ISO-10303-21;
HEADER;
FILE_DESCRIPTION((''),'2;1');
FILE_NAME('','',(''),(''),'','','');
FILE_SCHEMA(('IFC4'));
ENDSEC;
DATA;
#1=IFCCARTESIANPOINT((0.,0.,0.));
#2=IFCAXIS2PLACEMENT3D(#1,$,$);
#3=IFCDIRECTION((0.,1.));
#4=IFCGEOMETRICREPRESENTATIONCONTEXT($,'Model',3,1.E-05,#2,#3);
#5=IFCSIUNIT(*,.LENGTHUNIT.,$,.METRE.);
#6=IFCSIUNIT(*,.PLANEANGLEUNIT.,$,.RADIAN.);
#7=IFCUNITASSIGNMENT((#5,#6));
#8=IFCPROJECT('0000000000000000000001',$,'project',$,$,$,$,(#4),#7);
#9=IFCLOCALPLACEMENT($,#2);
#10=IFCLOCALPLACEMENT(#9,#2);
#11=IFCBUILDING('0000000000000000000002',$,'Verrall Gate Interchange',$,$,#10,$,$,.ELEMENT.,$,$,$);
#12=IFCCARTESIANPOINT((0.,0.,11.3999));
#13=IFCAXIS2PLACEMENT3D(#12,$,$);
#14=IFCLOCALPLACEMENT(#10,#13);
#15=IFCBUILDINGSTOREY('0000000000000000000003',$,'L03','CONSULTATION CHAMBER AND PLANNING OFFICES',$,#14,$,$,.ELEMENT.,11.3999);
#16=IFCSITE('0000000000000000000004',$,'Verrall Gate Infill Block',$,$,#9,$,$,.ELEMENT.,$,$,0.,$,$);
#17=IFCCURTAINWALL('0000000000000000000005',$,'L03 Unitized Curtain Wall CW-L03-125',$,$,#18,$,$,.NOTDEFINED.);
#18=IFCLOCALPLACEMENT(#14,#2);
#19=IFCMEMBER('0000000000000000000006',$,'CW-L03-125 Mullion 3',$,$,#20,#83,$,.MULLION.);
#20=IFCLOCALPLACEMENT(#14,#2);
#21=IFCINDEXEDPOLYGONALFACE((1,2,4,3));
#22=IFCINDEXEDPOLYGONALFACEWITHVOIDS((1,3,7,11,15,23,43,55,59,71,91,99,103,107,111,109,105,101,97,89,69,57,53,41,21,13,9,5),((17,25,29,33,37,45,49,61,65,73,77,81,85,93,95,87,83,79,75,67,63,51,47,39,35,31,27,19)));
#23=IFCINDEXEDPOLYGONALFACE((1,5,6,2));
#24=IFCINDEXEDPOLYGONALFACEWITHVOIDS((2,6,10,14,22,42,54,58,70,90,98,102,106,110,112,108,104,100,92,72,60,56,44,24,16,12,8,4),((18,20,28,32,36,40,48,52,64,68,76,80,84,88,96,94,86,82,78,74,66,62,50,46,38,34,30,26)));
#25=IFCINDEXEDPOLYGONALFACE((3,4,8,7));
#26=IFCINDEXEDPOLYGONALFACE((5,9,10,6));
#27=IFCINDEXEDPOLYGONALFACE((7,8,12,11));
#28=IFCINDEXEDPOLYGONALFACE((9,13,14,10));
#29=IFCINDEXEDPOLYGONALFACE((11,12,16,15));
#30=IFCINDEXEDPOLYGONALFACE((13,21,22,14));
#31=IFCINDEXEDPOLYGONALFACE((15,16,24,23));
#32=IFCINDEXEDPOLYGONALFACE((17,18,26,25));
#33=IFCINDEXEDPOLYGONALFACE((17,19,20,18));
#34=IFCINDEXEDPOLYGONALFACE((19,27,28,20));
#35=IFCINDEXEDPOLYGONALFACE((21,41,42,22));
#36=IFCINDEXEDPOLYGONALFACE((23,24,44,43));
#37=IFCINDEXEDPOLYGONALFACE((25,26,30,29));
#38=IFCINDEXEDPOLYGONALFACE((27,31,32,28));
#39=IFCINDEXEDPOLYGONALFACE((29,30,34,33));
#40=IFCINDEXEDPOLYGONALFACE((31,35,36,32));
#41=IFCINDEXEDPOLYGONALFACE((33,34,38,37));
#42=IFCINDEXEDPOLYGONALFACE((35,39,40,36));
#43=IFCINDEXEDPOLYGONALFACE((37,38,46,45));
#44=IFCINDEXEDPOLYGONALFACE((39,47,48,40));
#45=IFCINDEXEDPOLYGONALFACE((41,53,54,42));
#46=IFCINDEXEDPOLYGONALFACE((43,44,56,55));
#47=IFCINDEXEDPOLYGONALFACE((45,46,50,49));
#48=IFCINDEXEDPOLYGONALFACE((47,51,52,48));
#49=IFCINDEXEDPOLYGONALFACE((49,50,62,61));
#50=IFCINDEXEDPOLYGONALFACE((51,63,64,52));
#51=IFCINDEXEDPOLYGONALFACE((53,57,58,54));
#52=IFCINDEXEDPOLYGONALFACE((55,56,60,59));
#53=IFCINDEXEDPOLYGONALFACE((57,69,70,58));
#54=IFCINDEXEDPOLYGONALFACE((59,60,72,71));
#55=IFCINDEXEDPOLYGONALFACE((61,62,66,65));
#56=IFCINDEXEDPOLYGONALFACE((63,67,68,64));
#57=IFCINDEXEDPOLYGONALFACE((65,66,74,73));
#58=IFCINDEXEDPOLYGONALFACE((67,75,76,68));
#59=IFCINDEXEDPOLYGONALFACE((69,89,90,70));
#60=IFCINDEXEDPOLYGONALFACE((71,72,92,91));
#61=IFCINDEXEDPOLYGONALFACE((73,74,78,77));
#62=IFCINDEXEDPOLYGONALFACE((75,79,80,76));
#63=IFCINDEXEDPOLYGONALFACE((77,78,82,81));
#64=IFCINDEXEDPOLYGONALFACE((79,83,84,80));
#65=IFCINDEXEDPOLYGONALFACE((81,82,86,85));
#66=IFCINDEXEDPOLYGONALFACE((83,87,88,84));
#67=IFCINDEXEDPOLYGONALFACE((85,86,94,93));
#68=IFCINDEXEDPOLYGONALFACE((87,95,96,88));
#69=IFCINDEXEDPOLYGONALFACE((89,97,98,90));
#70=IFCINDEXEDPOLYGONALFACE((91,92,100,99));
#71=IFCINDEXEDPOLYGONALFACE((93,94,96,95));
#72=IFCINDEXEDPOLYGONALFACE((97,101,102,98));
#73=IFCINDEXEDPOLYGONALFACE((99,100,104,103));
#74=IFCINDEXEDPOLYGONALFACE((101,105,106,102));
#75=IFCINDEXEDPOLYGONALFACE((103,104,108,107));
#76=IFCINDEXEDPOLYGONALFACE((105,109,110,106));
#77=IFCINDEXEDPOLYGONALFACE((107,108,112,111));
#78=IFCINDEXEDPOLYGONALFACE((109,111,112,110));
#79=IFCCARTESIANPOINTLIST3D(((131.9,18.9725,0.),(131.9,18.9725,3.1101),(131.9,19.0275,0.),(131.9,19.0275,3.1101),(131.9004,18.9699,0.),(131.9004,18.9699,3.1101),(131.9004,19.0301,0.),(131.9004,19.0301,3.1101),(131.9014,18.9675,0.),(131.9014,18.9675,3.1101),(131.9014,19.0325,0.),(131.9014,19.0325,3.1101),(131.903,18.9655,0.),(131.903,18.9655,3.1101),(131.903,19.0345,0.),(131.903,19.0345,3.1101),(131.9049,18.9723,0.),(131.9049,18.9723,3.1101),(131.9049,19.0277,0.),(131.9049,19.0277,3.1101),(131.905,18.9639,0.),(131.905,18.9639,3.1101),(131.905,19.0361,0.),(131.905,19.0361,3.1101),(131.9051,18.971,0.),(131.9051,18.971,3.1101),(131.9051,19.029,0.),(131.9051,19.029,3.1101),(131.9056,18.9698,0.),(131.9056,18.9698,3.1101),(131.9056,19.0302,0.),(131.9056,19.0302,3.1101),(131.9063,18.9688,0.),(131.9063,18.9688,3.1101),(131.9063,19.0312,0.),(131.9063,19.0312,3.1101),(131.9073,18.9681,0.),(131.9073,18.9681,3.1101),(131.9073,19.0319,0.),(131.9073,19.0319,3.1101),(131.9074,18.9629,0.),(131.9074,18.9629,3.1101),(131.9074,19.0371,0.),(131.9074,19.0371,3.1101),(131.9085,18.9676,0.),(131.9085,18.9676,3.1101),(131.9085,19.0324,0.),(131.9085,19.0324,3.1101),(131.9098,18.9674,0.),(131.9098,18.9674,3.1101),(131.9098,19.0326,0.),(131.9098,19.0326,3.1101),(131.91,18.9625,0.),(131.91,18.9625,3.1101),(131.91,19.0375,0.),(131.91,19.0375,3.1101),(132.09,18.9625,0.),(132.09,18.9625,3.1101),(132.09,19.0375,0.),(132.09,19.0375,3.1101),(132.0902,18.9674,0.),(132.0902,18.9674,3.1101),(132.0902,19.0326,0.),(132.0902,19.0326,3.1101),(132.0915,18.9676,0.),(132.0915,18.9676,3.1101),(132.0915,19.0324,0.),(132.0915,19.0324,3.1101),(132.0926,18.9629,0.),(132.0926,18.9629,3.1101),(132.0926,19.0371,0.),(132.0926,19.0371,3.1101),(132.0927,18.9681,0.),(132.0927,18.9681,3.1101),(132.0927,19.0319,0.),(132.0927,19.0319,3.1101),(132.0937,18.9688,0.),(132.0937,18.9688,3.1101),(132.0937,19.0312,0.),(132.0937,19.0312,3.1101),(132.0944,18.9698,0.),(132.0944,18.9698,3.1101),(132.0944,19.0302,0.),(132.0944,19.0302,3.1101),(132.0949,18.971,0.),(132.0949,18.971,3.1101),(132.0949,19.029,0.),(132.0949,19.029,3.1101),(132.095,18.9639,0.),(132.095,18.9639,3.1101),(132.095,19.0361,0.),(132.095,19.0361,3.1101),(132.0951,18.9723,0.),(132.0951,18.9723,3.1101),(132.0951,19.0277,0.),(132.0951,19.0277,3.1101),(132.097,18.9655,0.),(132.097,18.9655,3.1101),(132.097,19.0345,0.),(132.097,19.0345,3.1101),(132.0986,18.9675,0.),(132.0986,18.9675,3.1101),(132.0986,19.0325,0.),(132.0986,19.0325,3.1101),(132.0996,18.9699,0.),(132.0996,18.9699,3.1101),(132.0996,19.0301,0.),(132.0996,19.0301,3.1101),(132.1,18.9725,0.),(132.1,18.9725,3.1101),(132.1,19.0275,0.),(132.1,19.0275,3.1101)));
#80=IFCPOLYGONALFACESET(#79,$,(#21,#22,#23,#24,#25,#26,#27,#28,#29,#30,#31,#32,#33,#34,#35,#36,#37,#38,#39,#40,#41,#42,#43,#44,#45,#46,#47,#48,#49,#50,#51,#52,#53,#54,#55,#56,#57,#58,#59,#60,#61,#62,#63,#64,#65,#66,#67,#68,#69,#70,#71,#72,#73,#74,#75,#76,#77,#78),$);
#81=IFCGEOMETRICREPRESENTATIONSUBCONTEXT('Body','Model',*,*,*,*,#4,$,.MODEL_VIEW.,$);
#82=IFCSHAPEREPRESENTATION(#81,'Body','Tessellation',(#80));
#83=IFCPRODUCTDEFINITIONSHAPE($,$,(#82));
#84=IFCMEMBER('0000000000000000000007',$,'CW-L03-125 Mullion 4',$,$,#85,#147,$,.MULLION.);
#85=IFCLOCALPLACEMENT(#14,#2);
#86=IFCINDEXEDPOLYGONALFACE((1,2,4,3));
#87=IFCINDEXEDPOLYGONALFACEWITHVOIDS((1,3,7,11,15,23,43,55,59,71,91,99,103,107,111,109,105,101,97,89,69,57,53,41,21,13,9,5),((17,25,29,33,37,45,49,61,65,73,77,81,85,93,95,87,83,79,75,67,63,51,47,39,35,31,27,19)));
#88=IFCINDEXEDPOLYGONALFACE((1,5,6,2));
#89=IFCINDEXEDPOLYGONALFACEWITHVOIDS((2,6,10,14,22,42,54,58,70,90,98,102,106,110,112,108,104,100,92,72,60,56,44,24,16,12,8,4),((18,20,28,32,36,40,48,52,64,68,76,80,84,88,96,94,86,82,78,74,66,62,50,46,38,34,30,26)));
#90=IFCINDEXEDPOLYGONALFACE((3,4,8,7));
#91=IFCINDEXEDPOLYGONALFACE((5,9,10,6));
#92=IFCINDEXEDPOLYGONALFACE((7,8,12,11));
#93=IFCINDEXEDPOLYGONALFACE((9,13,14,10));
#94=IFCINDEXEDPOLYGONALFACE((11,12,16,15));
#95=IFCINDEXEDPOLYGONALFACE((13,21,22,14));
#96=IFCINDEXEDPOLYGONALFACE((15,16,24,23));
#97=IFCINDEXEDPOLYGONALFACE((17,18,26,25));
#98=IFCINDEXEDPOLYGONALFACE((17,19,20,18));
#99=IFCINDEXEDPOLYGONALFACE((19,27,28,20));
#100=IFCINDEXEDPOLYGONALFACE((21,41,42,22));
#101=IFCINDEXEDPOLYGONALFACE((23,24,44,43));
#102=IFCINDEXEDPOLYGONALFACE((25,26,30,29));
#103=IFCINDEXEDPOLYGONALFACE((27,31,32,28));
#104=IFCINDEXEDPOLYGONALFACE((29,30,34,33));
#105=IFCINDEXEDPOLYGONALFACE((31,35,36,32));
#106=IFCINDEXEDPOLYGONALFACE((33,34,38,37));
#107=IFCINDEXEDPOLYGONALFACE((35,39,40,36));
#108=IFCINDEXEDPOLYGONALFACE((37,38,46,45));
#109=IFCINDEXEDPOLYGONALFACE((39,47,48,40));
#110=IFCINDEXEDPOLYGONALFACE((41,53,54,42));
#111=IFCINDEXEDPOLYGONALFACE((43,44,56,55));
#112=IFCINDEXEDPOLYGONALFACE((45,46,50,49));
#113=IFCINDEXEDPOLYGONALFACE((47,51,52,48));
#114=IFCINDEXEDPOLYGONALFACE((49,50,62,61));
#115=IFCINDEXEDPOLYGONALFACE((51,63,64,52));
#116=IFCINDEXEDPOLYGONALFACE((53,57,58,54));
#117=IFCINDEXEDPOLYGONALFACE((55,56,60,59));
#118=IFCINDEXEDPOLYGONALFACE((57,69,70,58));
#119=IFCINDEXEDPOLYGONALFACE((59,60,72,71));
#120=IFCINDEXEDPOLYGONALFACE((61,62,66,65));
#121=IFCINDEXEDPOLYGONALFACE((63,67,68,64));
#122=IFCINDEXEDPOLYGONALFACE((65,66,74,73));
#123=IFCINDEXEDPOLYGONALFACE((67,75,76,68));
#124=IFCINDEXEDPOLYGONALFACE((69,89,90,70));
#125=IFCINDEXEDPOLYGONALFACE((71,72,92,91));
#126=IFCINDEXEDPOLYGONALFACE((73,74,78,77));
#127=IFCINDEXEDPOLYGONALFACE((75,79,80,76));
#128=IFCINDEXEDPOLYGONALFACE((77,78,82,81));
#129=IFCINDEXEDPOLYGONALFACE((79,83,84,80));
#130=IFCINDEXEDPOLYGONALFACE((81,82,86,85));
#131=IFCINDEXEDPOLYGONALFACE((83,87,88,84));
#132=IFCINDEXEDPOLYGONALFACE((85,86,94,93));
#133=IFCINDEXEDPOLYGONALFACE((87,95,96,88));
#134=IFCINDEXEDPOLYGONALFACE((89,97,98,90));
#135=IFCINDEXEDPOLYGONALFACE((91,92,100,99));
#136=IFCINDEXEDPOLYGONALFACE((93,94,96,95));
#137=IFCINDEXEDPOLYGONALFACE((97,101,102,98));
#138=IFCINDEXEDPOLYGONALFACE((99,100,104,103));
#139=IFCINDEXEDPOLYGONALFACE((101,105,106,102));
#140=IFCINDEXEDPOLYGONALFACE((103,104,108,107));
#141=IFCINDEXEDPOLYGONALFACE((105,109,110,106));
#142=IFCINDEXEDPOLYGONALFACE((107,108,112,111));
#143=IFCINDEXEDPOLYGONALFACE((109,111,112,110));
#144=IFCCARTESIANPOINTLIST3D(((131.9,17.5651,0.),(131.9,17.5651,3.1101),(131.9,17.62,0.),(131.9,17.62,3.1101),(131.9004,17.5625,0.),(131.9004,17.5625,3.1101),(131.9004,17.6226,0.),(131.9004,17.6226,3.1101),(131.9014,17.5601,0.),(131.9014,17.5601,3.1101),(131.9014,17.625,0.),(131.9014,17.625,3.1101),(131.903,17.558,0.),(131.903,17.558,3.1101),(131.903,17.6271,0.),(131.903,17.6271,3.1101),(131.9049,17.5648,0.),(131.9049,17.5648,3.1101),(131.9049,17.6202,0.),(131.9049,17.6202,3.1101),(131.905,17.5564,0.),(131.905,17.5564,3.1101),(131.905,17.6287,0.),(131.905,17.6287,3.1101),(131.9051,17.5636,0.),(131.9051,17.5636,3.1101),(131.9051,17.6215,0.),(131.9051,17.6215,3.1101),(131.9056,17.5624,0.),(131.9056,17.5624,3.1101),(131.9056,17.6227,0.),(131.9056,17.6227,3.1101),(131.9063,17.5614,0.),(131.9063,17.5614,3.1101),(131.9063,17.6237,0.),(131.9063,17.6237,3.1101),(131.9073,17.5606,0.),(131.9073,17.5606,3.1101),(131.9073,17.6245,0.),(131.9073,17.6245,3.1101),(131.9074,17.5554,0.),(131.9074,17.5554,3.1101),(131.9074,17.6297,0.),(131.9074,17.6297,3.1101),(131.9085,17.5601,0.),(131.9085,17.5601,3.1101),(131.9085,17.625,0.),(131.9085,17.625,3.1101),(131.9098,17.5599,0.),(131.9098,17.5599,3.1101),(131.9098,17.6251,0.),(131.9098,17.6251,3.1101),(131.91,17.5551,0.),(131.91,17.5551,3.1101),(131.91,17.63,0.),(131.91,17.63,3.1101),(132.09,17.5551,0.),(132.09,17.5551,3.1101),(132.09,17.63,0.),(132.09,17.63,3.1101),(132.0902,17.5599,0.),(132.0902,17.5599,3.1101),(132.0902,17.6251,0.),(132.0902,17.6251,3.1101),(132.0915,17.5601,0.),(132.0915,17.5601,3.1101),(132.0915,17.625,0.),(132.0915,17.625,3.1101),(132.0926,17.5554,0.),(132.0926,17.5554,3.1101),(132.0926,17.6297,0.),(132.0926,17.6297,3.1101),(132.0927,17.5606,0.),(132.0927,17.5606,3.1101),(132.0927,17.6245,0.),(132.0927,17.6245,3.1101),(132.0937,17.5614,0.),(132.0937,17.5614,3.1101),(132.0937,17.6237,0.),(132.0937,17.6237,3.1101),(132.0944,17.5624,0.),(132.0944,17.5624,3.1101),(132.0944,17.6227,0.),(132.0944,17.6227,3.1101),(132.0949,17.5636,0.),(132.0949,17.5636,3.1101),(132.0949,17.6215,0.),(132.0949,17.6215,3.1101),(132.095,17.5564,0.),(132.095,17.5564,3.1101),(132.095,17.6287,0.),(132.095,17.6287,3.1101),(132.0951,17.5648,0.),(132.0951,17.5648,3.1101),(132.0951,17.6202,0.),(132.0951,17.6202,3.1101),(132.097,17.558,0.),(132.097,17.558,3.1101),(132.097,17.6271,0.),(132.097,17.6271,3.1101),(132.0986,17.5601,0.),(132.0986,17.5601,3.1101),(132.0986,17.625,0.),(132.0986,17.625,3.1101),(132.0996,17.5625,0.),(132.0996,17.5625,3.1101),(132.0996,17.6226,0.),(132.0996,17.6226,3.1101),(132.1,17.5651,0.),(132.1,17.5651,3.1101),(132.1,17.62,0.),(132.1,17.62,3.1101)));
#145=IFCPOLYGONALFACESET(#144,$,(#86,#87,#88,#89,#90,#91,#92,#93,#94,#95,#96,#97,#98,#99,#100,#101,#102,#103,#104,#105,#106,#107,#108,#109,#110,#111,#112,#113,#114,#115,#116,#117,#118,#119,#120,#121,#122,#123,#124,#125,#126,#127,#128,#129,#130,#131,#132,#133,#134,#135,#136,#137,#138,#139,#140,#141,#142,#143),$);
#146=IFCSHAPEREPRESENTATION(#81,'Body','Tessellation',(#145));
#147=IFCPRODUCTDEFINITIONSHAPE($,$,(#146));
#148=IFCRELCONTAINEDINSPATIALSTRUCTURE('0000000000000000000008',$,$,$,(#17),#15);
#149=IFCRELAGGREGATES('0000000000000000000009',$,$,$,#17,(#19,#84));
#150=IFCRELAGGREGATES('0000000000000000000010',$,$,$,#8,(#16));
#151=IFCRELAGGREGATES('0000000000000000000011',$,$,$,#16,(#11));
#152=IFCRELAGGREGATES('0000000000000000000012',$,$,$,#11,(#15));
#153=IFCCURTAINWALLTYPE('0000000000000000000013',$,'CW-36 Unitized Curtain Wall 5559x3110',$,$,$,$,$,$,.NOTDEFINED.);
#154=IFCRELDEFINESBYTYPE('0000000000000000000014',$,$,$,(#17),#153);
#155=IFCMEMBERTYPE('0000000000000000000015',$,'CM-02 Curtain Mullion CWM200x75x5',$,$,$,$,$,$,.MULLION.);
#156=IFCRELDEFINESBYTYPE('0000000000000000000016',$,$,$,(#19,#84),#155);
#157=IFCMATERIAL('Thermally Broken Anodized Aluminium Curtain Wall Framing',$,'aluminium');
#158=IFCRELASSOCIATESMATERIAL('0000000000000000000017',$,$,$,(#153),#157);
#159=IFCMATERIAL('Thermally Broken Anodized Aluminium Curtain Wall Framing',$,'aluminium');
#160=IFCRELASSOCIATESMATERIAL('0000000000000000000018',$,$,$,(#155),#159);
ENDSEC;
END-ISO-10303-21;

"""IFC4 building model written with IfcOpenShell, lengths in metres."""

from ifc_helpers import new_model, si_unit, direction, frame, origin, origin_2d, place, context, subcontext, project, spatial, hollow_rectangle, extrude, material, material_profile, profile_set, type_object, element, aggregate, save


model = new_model("IFC4")

# Units and contexts
model_context = context("Model", 3, precision=1e-05, world=origin(), true_north=direction((0.0, 1.0)))
body_context = subcontext(model_context, "Body", "Model", "MODEL_VIEW")
ifc_project = project(units=[si_unit("LENGTHUNIT", "METRE"), si_unit("PLANEANGLEUNIT", "RADIAN")], contexts=[model_context])

# Site, building, storey
site_placement = place(None, origin())
site = spatial("IfcSite", under=ifc_project, at=site_placement, Name="Verrall Gate Infill Block", CompositionType="ELEMENT", RefElevation=0.0)
building_placement = place(site_placement, origin())
building = spatial("IfcBuilding", under=site, at=building_placement, Name="Verrall Gate Interchange", CompositionType="ELEMENT")
storey_placement = place(building_placement, frame((0.0, 0.0, 11.3999)))
storey = spatial("IfcBuildingStorey", under=building, at=storey_placement, Name="L03", Description="CONSULTATION CHAMBER AND PLANNING OFFICES", CompositionType="ELEMENT", Elevation=11.3999)

# Curtain wall, members
ifc_material_1 = material(Name="Thermally Broken Anodized Aluminium Curtain Wall Framing", Category="aluminium")
curtain_wall_type_1 = type_object("IfcCurtainWallType", Name="CW-36 Unitized Curtain Wall 5559x3110", PredefinedType="NOTDEFINED", material=ifc_material_1)
curtain_wall_1_placement = place(storey_placement, origin())
curtain_wall_1 = element("IfcCurtainWall", 1, at=curtain_wall_1_placement, inside=storey, type_object=curtain_wall_type_1, Name="L03 Unitized Curtain Wall CW-L03-125", PredefinedType="NOTDEFINED")
ifc_material_2 = material(Name="Thermally Broken Anodized Aluminium Curtain Wall Framing", Category="aluminium")
ifc_material_profile_1 = material_profile(ifc_material_2, hollow_rectangle(XDim=0.075, YDim=0.2, WallThickness=0.0049, InnerFilletRadius=0.0049, OuterFilletRadius=0.01, at=origin_2d()), Name="CWM200x75x5")
ifc_profile_set_1 = profile_set([ifc_material_profile_1], Name="Thermally Broken Anodized Aluminium Curtain Wall Framing")
member_type_1 = type_object("IfcMemberType", Name="CM-02 Curtain Mullion CWM200x75x5", PredefinedType="MULLION", material=ifc_profile_set_1)
member_1_placement = place(storey_placement, frame((132.0, 19.0, 0.0), z_axis=(0.0, 0.0, 1.0), x_axis=(0.0, -1.0, 0.0)))
member_1 = element("IfcMember", 2, at=member_1_placement, type_object=member_type_1, Name="CW-L03-125 Mullion 3", PredefinedType="MULLION", context=body_context, shape_type="SweptSolid", body=[
    extrude(hollow_rectangle(XDim=0.075, YDim=0.2, WallThickness=0.0049, InnerFilletRadius=0.0049, OuterFilletRadius=0.01, at=origin_2d()), origin(), (0.0, 0.0, 1.0), 3.1101),
])
member_2_placement = place(storey_placement, frame((132.0, 17.5925, 0.0), z_axis=(0.0, 0.0, 1.0), x_axis=(0.0, -1.0, 0.0)))
member_2 = element("IfcMember", 3, at=member_2_placement, type_object=member_type_1, Name="CW-L03-125 Mullion 4", PredefinedType="MULLION", context=body_context, shape_type="SweptSolid", body=[
    extrude(hollow_rectangle(XDim=0.075, YDim=0.2, WallThickness=0.0049, InnerFilletRadius=0.0049, OuterFilletRadius=0.01, at=origin_2d()), origin(), (0.0, 0.0, 1.0), 3.1101),
])

aggregate(curtain_wall_1, [member_1, member_2])

save(model, "model.ifc")
